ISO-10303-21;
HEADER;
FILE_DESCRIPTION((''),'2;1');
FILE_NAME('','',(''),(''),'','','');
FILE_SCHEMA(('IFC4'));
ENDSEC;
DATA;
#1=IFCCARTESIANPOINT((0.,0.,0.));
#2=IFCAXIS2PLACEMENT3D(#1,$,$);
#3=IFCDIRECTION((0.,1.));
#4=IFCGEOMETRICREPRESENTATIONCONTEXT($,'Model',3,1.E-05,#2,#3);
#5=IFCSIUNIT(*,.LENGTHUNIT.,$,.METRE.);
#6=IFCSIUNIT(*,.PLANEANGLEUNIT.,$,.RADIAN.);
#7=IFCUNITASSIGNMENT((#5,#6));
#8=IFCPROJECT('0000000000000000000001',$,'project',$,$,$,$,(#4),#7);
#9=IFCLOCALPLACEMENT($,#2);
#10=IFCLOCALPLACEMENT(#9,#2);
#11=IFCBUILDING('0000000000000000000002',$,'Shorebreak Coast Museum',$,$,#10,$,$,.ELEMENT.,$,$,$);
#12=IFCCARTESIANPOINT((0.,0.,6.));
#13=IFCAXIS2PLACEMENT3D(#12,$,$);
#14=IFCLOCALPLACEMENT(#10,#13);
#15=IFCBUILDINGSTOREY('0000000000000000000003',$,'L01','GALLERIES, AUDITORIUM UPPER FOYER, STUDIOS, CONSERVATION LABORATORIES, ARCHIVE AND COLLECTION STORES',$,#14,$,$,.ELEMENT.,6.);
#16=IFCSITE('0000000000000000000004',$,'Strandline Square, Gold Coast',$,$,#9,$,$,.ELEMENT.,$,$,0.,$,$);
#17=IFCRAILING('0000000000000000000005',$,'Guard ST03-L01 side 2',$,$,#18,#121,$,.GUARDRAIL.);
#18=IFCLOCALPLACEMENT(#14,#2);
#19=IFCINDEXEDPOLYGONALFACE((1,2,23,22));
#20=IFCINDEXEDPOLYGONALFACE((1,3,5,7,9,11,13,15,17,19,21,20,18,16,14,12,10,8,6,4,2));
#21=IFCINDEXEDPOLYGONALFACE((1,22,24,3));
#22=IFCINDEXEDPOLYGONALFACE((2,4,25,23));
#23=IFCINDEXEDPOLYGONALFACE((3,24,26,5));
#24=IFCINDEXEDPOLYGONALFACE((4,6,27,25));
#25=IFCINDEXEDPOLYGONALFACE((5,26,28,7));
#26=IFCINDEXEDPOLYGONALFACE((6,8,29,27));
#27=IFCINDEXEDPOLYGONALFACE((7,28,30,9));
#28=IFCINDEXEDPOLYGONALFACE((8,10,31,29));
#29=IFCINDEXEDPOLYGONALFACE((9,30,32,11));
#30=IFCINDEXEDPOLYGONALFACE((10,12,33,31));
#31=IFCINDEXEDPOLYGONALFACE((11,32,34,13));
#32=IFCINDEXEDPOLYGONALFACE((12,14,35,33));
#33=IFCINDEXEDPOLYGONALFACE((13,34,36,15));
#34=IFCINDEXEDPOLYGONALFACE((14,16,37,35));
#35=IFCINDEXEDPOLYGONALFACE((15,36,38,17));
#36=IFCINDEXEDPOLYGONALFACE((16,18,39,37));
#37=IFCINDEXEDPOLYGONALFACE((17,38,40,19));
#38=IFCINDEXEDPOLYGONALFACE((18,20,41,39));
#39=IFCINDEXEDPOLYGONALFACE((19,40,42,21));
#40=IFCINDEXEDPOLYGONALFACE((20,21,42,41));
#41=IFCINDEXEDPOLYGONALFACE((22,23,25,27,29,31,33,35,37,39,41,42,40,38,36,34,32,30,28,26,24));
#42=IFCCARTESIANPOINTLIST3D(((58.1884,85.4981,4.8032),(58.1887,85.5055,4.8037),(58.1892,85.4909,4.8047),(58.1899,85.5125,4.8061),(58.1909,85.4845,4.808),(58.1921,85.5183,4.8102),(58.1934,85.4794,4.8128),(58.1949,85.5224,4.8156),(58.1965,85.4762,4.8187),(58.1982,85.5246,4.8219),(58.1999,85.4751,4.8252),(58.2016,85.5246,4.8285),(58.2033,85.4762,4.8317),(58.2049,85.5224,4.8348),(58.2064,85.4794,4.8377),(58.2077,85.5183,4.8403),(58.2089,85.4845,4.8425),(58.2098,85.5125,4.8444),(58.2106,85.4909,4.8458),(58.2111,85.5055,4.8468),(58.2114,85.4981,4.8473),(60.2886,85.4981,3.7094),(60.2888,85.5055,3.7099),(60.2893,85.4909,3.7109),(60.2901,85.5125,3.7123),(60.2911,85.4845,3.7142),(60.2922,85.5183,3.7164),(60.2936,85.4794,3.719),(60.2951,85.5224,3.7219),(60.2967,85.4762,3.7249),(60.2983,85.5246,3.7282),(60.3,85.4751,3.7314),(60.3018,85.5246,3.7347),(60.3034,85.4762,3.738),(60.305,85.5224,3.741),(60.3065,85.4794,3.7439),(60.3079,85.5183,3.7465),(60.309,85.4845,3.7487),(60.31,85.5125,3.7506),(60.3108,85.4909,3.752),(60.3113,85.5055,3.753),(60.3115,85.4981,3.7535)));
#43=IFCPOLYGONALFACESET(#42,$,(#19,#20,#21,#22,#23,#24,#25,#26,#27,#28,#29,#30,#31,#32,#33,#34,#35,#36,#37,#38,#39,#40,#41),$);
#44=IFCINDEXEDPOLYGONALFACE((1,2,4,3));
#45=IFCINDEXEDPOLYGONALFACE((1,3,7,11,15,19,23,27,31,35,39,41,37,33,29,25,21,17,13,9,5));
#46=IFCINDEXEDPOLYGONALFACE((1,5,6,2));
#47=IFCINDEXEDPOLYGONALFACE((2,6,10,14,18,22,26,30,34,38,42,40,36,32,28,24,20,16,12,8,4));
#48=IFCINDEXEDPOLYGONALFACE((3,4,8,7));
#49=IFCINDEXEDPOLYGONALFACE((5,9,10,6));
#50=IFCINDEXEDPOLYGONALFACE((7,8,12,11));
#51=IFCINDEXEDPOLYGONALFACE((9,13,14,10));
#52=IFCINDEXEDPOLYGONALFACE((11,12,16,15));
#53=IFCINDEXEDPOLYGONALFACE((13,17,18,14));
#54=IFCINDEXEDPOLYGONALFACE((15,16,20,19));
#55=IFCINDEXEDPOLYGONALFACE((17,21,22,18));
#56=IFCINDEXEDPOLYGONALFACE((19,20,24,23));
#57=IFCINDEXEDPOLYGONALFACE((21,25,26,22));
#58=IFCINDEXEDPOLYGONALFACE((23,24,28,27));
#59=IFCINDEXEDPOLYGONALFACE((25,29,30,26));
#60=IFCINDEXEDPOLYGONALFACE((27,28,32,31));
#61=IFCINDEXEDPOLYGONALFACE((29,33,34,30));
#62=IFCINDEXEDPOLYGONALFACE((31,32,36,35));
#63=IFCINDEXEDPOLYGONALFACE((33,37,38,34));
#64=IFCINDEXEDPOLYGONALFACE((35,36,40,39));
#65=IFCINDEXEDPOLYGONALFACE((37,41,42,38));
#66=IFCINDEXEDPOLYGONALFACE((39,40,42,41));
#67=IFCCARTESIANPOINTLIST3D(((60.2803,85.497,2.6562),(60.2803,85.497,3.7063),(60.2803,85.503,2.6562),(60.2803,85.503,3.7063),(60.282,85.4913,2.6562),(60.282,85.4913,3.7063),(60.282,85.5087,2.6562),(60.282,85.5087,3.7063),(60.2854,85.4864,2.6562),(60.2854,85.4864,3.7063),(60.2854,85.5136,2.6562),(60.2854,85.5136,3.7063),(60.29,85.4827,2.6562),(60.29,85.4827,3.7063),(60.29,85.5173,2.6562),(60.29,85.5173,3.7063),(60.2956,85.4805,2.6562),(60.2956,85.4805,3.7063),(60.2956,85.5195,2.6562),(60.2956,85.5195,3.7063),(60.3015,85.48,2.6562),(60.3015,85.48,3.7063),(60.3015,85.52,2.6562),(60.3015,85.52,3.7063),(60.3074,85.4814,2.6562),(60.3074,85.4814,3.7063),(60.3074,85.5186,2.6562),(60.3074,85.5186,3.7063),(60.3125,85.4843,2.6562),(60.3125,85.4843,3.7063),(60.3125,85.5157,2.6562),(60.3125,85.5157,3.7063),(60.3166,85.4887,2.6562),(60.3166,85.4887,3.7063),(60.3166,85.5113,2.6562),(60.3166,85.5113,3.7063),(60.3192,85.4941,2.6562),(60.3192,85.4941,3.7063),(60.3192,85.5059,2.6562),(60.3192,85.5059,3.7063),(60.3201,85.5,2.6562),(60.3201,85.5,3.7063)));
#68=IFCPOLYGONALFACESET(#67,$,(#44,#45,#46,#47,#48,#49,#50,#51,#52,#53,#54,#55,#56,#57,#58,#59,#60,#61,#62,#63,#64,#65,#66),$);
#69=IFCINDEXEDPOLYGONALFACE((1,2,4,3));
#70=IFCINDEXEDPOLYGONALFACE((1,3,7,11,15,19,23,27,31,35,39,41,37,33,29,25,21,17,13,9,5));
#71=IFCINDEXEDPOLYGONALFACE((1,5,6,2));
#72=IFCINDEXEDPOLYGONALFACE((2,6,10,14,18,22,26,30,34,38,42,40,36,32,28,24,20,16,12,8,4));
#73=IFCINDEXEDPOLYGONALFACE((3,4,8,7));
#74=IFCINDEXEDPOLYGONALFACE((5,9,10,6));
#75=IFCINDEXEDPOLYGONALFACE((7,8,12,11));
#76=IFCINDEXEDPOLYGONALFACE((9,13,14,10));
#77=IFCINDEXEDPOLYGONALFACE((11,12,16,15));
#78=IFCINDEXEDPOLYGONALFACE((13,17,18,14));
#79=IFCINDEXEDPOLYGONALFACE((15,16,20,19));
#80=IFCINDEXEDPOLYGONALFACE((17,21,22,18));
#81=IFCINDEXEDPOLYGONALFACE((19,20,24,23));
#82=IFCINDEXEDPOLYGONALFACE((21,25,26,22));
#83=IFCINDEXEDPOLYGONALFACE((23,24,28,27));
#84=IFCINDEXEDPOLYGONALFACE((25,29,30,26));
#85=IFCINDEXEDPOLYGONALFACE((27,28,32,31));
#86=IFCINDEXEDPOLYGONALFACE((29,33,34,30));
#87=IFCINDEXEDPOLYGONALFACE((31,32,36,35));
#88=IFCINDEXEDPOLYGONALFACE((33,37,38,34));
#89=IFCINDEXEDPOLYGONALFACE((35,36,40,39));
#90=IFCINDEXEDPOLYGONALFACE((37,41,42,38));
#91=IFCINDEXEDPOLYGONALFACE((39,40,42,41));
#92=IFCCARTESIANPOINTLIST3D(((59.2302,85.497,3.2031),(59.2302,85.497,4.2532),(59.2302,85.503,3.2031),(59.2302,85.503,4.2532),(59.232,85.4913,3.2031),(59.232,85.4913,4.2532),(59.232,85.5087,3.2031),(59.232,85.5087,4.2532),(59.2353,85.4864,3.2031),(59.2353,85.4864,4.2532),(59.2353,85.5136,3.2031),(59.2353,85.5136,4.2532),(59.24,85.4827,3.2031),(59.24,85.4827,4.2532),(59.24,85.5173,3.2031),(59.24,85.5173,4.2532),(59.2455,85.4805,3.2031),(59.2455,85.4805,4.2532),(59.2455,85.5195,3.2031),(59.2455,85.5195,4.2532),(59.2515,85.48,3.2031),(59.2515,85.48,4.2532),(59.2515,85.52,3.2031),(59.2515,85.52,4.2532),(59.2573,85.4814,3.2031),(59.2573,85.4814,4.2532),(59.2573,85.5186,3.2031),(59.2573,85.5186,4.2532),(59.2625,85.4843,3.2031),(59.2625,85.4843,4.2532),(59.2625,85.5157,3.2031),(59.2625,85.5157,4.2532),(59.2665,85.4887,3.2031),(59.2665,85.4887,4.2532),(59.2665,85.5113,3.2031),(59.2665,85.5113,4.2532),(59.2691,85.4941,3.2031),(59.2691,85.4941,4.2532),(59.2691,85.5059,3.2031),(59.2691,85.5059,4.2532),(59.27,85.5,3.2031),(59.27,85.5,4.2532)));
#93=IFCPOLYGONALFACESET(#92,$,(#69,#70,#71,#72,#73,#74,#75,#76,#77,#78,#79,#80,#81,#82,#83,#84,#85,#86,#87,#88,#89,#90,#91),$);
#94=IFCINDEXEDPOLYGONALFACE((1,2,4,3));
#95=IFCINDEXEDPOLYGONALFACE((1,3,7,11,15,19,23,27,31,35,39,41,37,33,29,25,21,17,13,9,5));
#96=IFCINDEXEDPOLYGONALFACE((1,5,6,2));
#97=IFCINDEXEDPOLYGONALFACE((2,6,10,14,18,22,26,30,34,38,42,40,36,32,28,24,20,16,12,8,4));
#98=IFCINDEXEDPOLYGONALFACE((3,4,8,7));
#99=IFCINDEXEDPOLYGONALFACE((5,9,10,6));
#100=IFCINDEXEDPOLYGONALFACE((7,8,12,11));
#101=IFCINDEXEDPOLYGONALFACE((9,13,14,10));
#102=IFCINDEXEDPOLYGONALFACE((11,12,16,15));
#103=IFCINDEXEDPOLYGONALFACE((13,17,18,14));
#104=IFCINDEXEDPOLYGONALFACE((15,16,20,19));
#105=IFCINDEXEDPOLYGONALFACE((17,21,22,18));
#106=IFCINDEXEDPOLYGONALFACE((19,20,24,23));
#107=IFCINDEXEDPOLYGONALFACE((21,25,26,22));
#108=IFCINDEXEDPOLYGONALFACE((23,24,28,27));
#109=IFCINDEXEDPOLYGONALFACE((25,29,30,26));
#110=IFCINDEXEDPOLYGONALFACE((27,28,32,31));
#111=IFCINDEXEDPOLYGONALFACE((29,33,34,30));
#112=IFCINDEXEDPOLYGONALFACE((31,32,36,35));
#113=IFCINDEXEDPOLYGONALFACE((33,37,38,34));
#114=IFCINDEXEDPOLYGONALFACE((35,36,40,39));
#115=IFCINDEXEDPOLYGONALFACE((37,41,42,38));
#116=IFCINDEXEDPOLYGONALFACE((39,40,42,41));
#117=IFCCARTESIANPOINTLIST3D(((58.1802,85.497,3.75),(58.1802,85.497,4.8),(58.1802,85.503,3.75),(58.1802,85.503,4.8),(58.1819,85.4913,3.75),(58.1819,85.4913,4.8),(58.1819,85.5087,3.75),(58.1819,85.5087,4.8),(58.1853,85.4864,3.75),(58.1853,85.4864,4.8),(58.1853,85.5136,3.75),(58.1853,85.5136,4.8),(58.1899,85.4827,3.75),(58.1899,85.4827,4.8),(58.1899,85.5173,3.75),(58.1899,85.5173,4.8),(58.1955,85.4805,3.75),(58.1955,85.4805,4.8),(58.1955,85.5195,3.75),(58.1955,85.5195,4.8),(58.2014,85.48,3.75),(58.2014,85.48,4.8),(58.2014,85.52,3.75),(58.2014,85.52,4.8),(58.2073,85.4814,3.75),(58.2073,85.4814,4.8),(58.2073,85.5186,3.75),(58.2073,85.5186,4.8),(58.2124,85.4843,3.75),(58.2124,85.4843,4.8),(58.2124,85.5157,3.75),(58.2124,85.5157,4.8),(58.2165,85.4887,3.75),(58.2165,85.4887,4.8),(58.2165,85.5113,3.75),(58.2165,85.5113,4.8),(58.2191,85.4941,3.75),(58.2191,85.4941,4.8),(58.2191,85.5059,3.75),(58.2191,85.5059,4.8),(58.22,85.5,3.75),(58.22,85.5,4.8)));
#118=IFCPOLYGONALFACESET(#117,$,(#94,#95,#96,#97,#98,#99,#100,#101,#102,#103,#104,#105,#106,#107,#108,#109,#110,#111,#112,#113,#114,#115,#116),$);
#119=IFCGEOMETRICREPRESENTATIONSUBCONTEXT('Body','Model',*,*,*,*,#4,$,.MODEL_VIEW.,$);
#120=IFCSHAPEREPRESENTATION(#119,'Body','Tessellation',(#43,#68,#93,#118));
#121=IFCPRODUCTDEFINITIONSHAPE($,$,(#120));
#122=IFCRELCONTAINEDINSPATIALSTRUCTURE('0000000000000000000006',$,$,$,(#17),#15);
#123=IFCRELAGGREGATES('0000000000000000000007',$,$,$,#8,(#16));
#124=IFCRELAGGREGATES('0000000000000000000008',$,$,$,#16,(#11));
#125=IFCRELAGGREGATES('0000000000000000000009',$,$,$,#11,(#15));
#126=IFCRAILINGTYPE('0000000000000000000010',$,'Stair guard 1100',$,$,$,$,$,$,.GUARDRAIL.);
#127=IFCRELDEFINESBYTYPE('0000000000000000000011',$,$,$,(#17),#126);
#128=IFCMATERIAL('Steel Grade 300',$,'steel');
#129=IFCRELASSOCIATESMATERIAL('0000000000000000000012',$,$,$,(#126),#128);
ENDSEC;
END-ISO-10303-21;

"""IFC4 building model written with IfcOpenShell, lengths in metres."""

from ifc_helpers import new_model, si_unit, direction, frame, origin, origin_2d, place, context, subcontext, project, spatial, circle, extrude, material, type_object, element, save


model = new_model("IFC4")

# Units and contexts
model_context = context("Model", 3, precision=1e-05, world=origin(), true_north=direction((0.0, 1.0)))
body_context = subcontext(model_context, "Body", "Model", "MODEL_VIEW")
ifc_project = project(units=[si_unit("LENGTHUNIT", "METRE"), si_unit("PLANEANGLEUNIT", "RADIAN")], contexts=[model_context])

# Site, building, storey
site_placement = place(None, origin())
site = spatial("IfcSite", under=ifc_project, at=site_placement, Name="Strandline Square, Gold Coast", CompositionType="ELEMENT", RefElevation=0.0)
building_placement = place(site_placement, origin())
building = spatial("IfcBuilding", under=site, at=building_placement, Name="Shorebreak Coast Museum", CompositionType="ELEMENT")
storey_placement = place(building_placement, frame((0.0, 0.0, 6.0)))
storey = spatial("IfcBuildingStorey", under=building, at=storey_placement, Name="L01", Description="GALLERIES, AUDITORIUM UPPER FOYER, STUDIOS, CONSERVATION LABORATORIES, ARCHIVE AND COLLECTION STORES", CompositionType="ELEMENT", Elevation=6.0)

# Railing
ifc_material_1 = material(Name="Steel Grade 300", Category="steel")
railing_type_1 = type_object("IfcRailingType", Name="Stair guard 1100", PredefinedType="GUARDRAIL", material=ifc_material_1)
railing_1_placement = place(storey_placement, frame((60.3, 85.5, 2.6562)))
element("IfcRailing", 1, at=railing_1_placement, inside=storey, type_object=railing_type_1, Name="Guard ST03-L01 side 2", PredefinedType="GUARDRAIL", context=body_context, shape_type="SweptSolid", body=[
    extrude(circle(Radius=0.0249, at=origin_2d()), frame((0.0, 0.0, 1.0752), z_axis=(-0.886923, 0.0, 0.461918), x_axis=(0.0, -1.0, 0.0)), (0.0, 0.0, 1.0), 2.3679),
    extrude(circle(Radius=0.02, at=origin_2d()), origin(), (0.0, 0.0, 1.0), 1.05),
    extrude(circle(Radius=0.02, at=origin_2d()), frame((-1.05, 0.0, 0.5469)), (0.0, 0.0, 1.0), 1.05),
    extrude(circle(Radius=0.02, at=origin_2d()), frame((-2.1001, 0.0, 1.0938)), (0.0, 0.0, 1.0), 1.05),
])

save(model, "model.ifc")
